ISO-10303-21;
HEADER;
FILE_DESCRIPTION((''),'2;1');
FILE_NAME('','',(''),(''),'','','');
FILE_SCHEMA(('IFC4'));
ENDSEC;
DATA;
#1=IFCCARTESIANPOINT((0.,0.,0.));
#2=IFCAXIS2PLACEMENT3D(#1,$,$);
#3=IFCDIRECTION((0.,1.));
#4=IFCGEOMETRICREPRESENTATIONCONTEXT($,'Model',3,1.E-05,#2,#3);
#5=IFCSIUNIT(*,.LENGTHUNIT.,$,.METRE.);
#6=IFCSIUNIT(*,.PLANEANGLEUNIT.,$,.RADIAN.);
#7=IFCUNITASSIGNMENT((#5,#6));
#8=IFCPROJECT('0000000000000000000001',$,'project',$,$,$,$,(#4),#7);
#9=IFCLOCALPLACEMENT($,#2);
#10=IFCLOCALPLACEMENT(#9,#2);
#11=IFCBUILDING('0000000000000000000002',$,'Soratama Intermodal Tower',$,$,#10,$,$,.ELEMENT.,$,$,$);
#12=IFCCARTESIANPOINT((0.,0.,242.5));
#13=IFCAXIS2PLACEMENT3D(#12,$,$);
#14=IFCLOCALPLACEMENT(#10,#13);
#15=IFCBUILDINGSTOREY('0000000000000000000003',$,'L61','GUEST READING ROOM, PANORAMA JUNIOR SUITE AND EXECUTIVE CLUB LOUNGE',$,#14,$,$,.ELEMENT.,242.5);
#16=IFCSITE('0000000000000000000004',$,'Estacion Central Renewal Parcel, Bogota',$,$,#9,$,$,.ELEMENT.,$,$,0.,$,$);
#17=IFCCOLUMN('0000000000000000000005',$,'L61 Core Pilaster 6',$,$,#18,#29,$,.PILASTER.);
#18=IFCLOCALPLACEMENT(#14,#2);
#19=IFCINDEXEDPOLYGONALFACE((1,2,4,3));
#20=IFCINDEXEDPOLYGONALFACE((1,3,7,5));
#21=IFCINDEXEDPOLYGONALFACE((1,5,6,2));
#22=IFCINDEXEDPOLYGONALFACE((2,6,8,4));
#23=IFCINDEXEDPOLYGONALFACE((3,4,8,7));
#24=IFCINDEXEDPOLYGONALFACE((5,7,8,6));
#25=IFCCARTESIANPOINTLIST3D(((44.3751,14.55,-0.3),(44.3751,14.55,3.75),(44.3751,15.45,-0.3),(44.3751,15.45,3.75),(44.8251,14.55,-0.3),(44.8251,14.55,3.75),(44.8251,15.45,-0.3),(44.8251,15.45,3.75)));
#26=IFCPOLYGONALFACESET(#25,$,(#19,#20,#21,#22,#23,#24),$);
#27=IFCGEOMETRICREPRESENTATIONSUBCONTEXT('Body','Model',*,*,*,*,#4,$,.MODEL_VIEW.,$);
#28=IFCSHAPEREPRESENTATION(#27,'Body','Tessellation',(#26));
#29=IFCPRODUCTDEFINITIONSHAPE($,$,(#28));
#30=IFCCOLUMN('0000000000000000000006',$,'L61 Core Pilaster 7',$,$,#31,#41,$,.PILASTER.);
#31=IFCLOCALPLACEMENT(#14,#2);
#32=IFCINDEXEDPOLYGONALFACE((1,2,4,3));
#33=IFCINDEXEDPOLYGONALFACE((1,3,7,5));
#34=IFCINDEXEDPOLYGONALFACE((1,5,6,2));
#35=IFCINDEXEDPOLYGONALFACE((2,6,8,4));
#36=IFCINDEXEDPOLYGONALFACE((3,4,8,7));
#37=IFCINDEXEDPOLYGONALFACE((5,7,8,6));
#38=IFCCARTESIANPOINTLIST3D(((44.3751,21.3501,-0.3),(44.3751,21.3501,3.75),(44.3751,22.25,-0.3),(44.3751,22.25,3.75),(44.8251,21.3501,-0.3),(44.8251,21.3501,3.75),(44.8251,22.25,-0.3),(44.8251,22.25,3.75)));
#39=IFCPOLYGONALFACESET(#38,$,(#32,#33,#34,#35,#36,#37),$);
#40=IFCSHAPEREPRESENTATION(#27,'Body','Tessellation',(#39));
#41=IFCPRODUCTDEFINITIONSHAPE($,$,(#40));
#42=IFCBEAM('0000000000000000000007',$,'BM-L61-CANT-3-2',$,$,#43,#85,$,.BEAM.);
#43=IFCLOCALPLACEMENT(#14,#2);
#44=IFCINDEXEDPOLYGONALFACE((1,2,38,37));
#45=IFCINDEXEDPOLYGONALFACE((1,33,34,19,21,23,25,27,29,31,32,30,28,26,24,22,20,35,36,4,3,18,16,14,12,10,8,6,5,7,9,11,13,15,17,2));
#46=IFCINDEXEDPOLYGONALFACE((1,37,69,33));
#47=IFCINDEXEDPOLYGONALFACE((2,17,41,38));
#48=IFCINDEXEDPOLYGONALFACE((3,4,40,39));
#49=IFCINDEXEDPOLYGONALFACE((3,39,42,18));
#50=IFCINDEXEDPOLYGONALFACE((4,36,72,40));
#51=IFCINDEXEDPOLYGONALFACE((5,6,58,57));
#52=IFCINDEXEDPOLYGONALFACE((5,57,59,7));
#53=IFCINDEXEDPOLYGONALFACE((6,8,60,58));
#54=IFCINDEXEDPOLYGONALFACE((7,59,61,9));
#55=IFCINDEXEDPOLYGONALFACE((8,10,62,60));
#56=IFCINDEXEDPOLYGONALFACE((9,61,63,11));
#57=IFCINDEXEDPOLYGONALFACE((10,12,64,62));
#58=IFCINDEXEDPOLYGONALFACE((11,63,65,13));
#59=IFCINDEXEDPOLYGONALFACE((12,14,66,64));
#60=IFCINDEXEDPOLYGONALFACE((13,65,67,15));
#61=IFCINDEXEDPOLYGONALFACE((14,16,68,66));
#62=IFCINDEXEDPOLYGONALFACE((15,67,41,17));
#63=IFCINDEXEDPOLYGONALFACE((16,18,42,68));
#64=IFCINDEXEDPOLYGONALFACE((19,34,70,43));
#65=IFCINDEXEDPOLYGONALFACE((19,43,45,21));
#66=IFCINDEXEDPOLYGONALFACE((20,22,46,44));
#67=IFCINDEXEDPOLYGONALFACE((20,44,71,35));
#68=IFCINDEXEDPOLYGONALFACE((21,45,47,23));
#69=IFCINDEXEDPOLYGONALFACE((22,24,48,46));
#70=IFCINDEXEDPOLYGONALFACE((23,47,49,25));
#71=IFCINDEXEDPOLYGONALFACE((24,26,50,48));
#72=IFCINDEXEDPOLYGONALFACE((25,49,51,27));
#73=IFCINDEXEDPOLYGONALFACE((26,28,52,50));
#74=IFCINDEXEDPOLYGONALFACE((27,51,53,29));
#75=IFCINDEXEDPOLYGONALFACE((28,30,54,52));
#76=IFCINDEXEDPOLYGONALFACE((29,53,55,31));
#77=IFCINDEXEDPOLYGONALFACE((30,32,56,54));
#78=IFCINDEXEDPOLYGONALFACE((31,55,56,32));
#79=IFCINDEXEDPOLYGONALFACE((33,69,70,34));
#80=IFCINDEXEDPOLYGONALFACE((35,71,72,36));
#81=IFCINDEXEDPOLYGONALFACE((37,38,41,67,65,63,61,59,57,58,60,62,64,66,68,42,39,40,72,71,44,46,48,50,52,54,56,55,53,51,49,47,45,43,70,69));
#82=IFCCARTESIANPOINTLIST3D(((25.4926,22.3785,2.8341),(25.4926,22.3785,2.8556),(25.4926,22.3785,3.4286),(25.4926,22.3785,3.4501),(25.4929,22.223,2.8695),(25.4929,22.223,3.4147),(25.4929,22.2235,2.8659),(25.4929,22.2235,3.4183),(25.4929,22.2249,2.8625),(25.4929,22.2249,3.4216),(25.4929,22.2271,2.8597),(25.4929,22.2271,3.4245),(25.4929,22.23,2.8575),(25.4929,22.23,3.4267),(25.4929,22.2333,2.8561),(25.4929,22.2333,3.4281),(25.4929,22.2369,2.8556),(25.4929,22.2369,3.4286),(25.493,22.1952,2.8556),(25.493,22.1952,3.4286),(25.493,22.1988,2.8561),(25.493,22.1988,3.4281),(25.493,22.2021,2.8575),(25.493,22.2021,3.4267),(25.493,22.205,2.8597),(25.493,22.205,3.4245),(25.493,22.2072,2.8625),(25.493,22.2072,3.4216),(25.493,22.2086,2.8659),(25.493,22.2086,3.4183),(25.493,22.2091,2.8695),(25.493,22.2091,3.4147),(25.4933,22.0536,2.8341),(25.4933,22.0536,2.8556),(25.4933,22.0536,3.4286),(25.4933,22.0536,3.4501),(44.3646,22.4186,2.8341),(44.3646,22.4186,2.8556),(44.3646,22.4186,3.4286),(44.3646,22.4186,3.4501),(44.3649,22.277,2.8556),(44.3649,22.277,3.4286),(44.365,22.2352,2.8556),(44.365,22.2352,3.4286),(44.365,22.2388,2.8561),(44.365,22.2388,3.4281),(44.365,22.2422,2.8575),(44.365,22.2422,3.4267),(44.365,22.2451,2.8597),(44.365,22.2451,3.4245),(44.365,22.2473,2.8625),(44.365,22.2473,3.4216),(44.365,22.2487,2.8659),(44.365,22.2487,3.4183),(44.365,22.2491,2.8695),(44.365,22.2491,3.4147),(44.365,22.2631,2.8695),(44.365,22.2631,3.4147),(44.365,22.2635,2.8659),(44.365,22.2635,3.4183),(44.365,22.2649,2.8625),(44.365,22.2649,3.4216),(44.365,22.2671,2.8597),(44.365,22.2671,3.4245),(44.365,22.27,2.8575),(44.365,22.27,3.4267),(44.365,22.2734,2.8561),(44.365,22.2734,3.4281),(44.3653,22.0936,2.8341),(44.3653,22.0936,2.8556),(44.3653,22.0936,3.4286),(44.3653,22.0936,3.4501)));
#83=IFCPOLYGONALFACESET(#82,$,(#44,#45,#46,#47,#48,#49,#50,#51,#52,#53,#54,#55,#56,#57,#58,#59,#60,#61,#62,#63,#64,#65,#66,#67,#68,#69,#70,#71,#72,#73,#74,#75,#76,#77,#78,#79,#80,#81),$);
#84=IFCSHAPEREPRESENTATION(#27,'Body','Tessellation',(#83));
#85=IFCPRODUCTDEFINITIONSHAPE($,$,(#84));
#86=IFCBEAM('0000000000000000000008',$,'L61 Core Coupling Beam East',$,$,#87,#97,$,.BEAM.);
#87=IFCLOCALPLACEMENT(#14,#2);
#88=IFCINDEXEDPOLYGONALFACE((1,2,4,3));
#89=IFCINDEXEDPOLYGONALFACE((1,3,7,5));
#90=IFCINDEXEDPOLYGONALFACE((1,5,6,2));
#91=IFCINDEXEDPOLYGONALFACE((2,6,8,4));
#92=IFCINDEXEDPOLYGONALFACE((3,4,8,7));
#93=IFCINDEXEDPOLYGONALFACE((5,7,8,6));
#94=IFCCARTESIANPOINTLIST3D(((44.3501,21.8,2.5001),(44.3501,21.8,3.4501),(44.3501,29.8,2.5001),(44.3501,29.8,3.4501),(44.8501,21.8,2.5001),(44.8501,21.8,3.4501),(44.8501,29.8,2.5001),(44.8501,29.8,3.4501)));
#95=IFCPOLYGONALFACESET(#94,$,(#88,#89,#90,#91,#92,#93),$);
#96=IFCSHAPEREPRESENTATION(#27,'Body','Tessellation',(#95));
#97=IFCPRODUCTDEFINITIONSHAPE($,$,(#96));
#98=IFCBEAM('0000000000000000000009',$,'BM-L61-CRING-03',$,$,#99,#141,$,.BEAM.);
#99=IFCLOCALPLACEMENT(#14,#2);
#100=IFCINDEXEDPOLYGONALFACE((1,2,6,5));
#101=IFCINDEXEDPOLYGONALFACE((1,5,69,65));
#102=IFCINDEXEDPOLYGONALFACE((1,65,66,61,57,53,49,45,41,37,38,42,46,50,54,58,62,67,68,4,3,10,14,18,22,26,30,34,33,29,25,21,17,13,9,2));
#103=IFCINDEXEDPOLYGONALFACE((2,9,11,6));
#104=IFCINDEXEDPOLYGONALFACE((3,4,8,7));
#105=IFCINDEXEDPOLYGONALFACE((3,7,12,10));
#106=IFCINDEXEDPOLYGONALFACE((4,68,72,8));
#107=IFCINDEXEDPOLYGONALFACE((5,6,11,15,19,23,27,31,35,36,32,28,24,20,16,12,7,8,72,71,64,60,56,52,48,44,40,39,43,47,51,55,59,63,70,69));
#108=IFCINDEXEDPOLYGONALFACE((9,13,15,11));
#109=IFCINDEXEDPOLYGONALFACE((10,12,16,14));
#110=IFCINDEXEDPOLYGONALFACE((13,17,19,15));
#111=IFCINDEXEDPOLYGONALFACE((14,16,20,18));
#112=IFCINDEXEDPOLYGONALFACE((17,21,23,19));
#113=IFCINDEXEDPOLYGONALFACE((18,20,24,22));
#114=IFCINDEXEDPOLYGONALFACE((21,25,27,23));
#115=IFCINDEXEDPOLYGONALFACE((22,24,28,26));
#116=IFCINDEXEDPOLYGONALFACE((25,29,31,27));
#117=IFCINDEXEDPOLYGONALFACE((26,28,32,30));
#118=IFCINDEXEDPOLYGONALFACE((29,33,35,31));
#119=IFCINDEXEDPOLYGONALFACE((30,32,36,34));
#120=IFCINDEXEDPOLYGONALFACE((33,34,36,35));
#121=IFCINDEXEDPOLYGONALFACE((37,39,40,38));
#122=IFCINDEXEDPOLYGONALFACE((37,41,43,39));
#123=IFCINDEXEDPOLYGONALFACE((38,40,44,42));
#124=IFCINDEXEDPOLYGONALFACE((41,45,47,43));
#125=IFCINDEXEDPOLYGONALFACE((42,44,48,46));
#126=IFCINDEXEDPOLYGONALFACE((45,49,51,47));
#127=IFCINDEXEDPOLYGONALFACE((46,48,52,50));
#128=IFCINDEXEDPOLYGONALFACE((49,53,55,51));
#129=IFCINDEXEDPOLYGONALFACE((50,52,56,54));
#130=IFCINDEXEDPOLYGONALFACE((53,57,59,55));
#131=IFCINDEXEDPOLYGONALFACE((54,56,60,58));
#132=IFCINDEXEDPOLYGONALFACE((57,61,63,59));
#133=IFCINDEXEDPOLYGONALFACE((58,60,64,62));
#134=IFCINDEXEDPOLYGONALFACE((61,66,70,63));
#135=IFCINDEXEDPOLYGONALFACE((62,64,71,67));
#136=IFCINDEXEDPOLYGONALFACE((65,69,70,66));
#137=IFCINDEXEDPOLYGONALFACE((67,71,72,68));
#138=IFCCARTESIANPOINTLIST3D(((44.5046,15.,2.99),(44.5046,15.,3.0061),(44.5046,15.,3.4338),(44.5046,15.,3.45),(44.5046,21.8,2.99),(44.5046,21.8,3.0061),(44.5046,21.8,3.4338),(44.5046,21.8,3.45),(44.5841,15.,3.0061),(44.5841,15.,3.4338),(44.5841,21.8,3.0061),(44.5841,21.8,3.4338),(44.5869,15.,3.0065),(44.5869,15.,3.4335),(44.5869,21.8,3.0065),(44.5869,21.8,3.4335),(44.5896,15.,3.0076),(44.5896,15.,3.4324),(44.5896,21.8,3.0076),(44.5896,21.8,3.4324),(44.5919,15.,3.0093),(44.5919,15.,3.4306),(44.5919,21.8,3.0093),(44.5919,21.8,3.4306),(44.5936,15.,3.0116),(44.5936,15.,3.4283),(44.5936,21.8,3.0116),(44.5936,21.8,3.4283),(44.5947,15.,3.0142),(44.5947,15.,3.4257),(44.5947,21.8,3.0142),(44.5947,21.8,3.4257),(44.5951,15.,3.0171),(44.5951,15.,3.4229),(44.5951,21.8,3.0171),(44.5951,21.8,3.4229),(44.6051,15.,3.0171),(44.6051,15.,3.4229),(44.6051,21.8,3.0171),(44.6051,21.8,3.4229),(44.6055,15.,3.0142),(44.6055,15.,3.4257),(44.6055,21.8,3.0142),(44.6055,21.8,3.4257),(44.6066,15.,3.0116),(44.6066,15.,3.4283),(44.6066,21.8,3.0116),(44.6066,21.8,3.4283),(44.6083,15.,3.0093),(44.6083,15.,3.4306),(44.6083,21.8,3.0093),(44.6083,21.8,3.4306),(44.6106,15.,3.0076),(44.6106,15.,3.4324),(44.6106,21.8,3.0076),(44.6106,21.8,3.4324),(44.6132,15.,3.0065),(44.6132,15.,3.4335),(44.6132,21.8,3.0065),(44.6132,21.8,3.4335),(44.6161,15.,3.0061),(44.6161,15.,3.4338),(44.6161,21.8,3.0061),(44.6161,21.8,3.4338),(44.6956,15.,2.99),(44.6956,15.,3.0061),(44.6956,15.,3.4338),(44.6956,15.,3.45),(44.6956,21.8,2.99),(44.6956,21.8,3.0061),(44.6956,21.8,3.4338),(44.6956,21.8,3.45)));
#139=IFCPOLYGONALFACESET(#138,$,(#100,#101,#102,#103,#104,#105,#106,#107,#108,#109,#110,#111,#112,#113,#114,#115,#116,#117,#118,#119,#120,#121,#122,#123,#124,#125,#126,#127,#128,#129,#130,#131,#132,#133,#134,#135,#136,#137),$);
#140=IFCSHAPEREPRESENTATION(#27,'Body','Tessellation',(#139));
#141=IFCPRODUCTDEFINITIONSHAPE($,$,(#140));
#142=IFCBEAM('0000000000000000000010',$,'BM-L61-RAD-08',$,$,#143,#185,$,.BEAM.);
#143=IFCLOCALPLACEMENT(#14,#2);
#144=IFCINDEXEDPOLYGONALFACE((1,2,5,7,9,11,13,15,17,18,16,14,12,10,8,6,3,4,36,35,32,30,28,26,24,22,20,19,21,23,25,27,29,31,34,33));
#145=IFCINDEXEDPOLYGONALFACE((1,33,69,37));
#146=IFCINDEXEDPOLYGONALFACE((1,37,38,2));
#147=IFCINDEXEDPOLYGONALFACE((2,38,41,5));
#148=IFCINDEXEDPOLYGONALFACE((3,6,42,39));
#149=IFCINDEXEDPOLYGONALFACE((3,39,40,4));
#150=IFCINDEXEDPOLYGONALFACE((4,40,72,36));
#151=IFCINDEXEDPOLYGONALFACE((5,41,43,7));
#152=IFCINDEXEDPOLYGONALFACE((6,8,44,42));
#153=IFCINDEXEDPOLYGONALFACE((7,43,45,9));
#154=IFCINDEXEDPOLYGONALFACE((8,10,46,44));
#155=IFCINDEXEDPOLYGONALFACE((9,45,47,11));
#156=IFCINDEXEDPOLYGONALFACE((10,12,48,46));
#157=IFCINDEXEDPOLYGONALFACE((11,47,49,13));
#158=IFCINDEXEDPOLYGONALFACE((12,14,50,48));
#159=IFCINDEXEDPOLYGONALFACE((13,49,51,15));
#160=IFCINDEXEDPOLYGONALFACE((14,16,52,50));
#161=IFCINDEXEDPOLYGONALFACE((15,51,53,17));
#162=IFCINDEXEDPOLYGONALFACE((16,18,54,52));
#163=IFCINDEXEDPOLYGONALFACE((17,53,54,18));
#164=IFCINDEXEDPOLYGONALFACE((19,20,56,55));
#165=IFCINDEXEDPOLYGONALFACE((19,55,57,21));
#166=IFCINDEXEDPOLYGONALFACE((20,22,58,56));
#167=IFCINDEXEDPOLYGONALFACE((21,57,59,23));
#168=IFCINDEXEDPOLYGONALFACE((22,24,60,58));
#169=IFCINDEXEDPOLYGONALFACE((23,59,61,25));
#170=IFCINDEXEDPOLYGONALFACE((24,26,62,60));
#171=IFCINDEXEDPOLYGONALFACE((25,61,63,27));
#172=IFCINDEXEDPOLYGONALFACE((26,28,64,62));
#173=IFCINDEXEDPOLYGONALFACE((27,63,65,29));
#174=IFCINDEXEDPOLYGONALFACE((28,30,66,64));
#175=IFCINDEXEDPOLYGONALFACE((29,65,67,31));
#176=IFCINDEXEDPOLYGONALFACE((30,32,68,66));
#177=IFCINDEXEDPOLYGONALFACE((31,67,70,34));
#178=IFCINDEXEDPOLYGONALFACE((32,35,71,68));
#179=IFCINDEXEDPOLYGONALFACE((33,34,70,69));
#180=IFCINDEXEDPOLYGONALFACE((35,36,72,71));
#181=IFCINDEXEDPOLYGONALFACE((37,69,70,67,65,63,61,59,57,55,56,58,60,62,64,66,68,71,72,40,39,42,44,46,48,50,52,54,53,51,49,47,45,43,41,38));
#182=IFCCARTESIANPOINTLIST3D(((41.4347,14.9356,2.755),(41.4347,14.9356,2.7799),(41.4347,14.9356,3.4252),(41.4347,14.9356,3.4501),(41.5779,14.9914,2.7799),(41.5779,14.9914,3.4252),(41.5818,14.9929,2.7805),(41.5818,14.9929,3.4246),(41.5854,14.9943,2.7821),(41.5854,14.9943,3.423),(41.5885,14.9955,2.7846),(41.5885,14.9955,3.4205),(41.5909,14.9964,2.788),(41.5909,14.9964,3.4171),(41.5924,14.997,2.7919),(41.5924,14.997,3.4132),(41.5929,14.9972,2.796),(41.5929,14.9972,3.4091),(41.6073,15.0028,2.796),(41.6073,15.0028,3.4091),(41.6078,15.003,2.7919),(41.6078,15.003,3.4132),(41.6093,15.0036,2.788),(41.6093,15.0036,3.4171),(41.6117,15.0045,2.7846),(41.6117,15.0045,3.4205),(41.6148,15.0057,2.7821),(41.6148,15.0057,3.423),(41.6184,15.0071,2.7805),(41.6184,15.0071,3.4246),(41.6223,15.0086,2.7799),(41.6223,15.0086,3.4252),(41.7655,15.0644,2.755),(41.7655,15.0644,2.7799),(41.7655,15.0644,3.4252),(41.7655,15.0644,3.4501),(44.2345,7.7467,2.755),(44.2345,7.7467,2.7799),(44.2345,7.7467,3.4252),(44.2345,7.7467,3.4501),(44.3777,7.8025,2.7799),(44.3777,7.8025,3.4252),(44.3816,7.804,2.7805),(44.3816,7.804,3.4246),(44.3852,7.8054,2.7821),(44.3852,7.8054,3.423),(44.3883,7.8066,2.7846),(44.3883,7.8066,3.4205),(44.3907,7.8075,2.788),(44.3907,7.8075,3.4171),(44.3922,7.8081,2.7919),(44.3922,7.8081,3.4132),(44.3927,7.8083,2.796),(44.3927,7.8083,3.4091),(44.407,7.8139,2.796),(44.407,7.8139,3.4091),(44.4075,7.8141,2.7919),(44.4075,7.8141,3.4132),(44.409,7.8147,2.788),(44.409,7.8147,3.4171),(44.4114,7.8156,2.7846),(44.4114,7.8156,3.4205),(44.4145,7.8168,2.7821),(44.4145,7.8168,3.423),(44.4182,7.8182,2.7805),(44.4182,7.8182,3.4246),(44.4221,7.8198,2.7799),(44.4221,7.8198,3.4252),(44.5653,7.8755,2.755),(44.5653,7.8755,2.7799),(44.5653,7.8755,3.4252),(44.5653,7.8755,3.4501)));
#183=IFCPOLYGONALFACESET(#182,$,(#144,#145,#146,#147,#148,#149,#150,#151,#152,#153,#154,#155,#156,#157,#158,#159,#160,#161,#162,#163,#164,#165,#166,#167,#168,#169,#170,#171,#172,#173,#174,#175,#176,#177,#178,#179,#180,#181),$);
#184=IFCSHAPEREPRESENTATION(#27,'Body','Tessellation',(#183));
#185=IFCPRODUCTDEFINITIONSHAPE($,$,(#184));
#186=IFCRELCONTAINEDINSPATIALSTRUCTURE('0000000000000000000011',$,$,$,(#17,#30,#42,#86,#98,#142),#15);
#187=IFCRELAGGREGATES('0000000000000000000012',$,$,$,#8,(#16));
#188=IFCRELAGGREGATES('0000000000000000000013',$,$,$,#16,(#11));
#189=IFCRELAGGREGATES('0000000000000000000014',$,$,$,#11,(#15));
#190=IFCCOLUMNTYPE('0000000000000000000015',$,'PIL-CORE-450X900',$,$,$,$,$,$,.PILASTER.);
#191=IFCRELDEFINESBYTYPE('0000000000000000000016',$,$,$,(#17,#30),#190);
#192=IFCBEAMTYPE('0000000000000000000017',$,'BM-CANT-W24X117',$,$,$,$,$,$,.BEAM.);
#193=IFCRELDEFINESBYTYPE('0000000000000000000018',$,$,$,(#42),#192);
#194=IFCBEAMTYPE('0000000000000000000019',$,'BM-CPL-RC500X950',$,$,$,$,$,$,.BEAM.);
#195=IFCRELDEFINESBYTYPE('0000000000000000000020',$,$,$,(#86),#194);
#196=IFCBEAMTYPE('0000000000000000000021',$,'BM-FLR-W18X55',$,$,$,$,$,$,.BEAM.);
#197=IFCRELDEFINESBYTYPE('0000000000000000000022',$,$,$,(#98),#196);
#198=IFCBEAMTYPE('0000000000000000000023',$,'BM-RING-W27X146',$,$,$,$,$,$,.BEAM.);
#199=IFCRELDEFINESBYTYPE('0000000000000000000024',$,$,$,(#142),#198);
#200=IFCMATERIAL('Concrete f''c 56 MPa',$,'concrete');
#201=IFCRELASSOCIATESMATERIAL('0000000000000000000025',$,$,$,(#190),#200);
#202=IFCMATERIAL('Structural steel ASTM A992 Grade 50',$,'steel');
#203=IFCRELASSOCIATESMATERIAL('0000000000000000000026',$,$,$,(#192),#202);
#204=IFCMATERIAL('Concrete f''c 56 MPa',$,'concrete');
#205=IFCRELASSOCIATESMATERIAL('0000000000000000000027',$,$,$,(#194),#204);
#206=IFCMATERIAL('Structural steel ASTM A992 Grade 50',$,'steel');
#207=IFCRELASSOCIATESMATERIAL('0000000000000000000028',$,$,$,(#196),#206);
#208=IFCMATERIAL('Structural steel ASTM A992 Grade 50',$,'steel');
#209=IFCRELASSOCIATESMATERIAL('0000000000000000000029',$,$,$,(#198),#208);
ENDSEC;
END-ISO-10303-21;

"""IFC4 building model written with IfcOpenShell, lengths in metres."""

from ifc_helpers import new_model, si_unit, direction, frame, origin, origin_2d, place, context, subcontext, project, spatial, rectangle, i_section, extrude, material, material_profile, profile_set, type_object, element, save


model = new_model("IFC4")

# Units and contexts
model_context = context("Model", 3, precision=1e-05, world=origin(), true_north=direction((0.0, 1.0)))
body_context = subcontext(model_context, "Body", "Model", "MODEL_VIEW")
ifc_project = project(units=[si_unit("LENGTHUNIT", "METRE"), si_unit("PLANEANGLEUNIT", "RADIAN")], contexts=[model_context])

# Site, building, storey
site_placement = place(None, origin())
site = spatial("IfcSite", under=ifc_project, at=site_placement, Name="Estacion Central Renewal Parcel, Bogota", CompositionType="ELEMENT", RefElevation=0.0)
building_placement = place(site_placement, origin())
building = spatial("IfcBuilding", under=site, at=building_placement, Name="Soratama Intermodal Tower", CompositionType="ELEMENT")
storey_placement = place(building_placement, frame((0.0, 0.0, 242.5)))
storey = spatial("IfcBuildingStorey", under=building, at=storey_placement, Name="L61", Description="GUEST READING ROOM, PANORAMA JUNIOR SUITE AND EXECUTIVE CLUB LOUNGE", CompositionType="ELEMENT", Elevation=242.5)

# Columns
ifc_material_1 = material(Name="Concrete f'c 56 MPa", Category="concrete")
ifc_material_profile_1 = material_profile(ifc_material_1, rectangle(XDim=0.45, YDim=0.8999, at=origin_2d()), Name="RC450X900")
ifc_profile_set_1 = profile_set([ifc_material_profile_1], Name="Concrete f'c 56 MPa")
column_type = type_object("IfcColumnType", Name="PIL-CORE-450X900", PredefinedType="PILASTER", material=ifc_profile_set_1)
for number, where, z_axis, x_axis, name in (
    (1, (44.6001, 15.0, -0.3), (0.0, 0.0, 1.0), (1.0, 0.0, 0.0), "L61 Core Pilaster 6"),
    (2, (44.6001, 21.8, -0.3), (0.0, 0.0, 1.0), (1.0, 0.0, 0.0), "L61 Core Pilaster 7"),
):
    element("IfcColumn", number, at=place(storey_placement, frame(where, z_axis=z_axis, x_axis=x_axis)), inside=storey, type_object=column_type, Name=name, PredefinedType="PILASTER", context=body_context, shape_type="SweptSolid", body=[
        extrude(rectangle(XDim=0.45, YDim=0.8999, at=origin_2d()), origin(), (0.0, 0.0, 1.0), 4.05),
    ])

# Beams
ifc_material_2 = material(Name="Structural steel ASTM A992 Grade 50", Category="steel")
ifc_material_profile_2 = material_profile(ifc_material_2, i_section(OverallWidth=0.325, OverallDepth=0.616, WebThickness=0.0139, FlangeThickness=0.0215, FilletRadius=0.0139, at=origin_2d()), Name="W24X117")
ifc_profile_set_2 = profile_set([ifc_material_profile_2], Name="Structural steel ASTM A992 Grade 50")
beam_type_1 = type_object("IfcBeamType", Name="BM-CANT-W24X117", PredefinedType="BEAM", material=ifc_profile_set_2)
beam_1_placement = place(storey_placement, frame((44.365, 22.2561, 3.1421), z_axis=(-0.999998, -0.002122, 0.0), x_axis=(0.002122, -0.999998, 0.0)))
element("IfcBeam", 3, at=beam_1_placement, inside=storey, type_object=beam_type_1, Name="BM-L61-CANT-3-2", PredefinedType="BEAM", context=body_context, shape_type="SweptSolid", body=[
    extrude(i_section(OverallWidth=0.325, OverallDepth=0.616, WebThickness=0.0139, FlangeThickness=0.0215, FilletRadius=0.0139, at=origin_2d()), origin(), (0.0, 0.0, 1.0), 18.8721),
])
ifc_material_3 = material(Name="Concrete f'c 56 MPa", Category="concrete")
ifc_material_profile_3 = material_profile(ifc_material_3, rectangle(XDim=0.5, YDim=0.95, at=origin_2d()), Name="RC500X950")
ifc_profile_set_3 = profile_set([ifc_material_profile_3], Name="Concrete f'c 56 MPa")
beam_type_2 = type_object("IfcBeamType", Name="BM-CPL-RC500X950", PredefinedType="BEAM", material=ifc_profile_set_3)
beam_2_placement = place(storey_placement, frame((44.6001, 21.8, 2.9751), z_axis=(0.0, 1.0, 0.0), x_axis=(-1.0, 0.0, 0.0)))
element("IfcBeam", 4, at=beam_2_placement, inside=storey, type_object=beam_type_2, Name="L61 Core Coupling Beam East", PredefinedType="BEAM", context=body_context, shape_type="SweptSolid", body=[
    extrude(rectangle(XDim=0.5, YDim=0.95, at=origin_2d()), origin(), (0.0, 0.0, 1.0), 8.0),
])
ifc_material_4 = material(Name="Structural steel ASTM A992 Grade 50", Category="steel")
ifc_material_profile_4 = material_profile(ifc_material_4, i_section(OverallWidth=0.1909, OverallDepth=0.46, WebThickness=0.01, FlangeThickness=0.0161, FilletRadius=0.011, at=origin_2d()), Name="W18X55")
ifc_profile_set_4 = profile_set([ifc_material_profile_4], Name="Structural steel ASTM A992 Grade 50")
beam_type_3 = type_object("IfcBeamType", Name="BM-FLR-W18X55", PredefinedType="BEAM", material=ifc_profile_set_4)
beam_3_placement = place(storey_placement, frame((44.6001, 15.0, 3.22), z_axis=(0.0, 1.0, 0.0), x_axis=(-1.0, 0.0, 0.0)))
element("IfcBeam", 5, at=beam_3_placement, inside=storey, type_object=beam_type_3, Name="BM-L61-CRING-03", PredefinedType="BEAM", context=body_context, shape_type="SweptSolid", body=[
    extrude(i_section(OverallWidth=0.1909, OverallDepth=0.46, WebThickness=0.01, FlangeThickness=0.0161, FilletRadius=0.011, at=origin_2d()), origin(), (0.0, 0.0, 1.0), 6.8),
])
ifc_material_5 = material(Name="Structural steel ASTM A992 Grade 50", Category="steel")
ifc_material_profile_5 = material_profile(ifc_material_5, i_section(OverallWidth=0.355, OverallDepth=0.6951, WebThickness=0.0154, FlangeThickness=0.0249, FilletRadius=0.0161, at=origin_2d()), Name="W27X146")
ifc_profile_set_5 = profile_set([ifc_material_profile_5], Name="Structural steel ASTM A992 Grade 50")
beam_type_4 = type_object("IfcBeamType", Name="BM-RING-W27X146", PredefinedType="BEAM", material=ifc_profile_set_5)
beam_4_placement = place(storey_placement, frame((41.6001, 15.0, 3.1025), z_axis=(0.362907, -0.931825, 0.0), x_axis=(0.931825, 0.362907, 0.0)))
element("IfcBeam", 6, at=beam_4_placement, inside=storey, type_object=beam_type_4, Name="BM-L61-RAD-08", PredefinedType="BEAM", context=body_context, shape_type="SweptSolid", body=[
    extrude(i_section(OverallWidth=0.355, OverallDepth=0.6951, WebThickness=0.0154, FlangeThickness=0.0249, FilletRadius=0.0161, at=origin_2d()), origin(), (0.0, 0.0, 1.0), 7.7148),
])

save(model, "model.ifc")
